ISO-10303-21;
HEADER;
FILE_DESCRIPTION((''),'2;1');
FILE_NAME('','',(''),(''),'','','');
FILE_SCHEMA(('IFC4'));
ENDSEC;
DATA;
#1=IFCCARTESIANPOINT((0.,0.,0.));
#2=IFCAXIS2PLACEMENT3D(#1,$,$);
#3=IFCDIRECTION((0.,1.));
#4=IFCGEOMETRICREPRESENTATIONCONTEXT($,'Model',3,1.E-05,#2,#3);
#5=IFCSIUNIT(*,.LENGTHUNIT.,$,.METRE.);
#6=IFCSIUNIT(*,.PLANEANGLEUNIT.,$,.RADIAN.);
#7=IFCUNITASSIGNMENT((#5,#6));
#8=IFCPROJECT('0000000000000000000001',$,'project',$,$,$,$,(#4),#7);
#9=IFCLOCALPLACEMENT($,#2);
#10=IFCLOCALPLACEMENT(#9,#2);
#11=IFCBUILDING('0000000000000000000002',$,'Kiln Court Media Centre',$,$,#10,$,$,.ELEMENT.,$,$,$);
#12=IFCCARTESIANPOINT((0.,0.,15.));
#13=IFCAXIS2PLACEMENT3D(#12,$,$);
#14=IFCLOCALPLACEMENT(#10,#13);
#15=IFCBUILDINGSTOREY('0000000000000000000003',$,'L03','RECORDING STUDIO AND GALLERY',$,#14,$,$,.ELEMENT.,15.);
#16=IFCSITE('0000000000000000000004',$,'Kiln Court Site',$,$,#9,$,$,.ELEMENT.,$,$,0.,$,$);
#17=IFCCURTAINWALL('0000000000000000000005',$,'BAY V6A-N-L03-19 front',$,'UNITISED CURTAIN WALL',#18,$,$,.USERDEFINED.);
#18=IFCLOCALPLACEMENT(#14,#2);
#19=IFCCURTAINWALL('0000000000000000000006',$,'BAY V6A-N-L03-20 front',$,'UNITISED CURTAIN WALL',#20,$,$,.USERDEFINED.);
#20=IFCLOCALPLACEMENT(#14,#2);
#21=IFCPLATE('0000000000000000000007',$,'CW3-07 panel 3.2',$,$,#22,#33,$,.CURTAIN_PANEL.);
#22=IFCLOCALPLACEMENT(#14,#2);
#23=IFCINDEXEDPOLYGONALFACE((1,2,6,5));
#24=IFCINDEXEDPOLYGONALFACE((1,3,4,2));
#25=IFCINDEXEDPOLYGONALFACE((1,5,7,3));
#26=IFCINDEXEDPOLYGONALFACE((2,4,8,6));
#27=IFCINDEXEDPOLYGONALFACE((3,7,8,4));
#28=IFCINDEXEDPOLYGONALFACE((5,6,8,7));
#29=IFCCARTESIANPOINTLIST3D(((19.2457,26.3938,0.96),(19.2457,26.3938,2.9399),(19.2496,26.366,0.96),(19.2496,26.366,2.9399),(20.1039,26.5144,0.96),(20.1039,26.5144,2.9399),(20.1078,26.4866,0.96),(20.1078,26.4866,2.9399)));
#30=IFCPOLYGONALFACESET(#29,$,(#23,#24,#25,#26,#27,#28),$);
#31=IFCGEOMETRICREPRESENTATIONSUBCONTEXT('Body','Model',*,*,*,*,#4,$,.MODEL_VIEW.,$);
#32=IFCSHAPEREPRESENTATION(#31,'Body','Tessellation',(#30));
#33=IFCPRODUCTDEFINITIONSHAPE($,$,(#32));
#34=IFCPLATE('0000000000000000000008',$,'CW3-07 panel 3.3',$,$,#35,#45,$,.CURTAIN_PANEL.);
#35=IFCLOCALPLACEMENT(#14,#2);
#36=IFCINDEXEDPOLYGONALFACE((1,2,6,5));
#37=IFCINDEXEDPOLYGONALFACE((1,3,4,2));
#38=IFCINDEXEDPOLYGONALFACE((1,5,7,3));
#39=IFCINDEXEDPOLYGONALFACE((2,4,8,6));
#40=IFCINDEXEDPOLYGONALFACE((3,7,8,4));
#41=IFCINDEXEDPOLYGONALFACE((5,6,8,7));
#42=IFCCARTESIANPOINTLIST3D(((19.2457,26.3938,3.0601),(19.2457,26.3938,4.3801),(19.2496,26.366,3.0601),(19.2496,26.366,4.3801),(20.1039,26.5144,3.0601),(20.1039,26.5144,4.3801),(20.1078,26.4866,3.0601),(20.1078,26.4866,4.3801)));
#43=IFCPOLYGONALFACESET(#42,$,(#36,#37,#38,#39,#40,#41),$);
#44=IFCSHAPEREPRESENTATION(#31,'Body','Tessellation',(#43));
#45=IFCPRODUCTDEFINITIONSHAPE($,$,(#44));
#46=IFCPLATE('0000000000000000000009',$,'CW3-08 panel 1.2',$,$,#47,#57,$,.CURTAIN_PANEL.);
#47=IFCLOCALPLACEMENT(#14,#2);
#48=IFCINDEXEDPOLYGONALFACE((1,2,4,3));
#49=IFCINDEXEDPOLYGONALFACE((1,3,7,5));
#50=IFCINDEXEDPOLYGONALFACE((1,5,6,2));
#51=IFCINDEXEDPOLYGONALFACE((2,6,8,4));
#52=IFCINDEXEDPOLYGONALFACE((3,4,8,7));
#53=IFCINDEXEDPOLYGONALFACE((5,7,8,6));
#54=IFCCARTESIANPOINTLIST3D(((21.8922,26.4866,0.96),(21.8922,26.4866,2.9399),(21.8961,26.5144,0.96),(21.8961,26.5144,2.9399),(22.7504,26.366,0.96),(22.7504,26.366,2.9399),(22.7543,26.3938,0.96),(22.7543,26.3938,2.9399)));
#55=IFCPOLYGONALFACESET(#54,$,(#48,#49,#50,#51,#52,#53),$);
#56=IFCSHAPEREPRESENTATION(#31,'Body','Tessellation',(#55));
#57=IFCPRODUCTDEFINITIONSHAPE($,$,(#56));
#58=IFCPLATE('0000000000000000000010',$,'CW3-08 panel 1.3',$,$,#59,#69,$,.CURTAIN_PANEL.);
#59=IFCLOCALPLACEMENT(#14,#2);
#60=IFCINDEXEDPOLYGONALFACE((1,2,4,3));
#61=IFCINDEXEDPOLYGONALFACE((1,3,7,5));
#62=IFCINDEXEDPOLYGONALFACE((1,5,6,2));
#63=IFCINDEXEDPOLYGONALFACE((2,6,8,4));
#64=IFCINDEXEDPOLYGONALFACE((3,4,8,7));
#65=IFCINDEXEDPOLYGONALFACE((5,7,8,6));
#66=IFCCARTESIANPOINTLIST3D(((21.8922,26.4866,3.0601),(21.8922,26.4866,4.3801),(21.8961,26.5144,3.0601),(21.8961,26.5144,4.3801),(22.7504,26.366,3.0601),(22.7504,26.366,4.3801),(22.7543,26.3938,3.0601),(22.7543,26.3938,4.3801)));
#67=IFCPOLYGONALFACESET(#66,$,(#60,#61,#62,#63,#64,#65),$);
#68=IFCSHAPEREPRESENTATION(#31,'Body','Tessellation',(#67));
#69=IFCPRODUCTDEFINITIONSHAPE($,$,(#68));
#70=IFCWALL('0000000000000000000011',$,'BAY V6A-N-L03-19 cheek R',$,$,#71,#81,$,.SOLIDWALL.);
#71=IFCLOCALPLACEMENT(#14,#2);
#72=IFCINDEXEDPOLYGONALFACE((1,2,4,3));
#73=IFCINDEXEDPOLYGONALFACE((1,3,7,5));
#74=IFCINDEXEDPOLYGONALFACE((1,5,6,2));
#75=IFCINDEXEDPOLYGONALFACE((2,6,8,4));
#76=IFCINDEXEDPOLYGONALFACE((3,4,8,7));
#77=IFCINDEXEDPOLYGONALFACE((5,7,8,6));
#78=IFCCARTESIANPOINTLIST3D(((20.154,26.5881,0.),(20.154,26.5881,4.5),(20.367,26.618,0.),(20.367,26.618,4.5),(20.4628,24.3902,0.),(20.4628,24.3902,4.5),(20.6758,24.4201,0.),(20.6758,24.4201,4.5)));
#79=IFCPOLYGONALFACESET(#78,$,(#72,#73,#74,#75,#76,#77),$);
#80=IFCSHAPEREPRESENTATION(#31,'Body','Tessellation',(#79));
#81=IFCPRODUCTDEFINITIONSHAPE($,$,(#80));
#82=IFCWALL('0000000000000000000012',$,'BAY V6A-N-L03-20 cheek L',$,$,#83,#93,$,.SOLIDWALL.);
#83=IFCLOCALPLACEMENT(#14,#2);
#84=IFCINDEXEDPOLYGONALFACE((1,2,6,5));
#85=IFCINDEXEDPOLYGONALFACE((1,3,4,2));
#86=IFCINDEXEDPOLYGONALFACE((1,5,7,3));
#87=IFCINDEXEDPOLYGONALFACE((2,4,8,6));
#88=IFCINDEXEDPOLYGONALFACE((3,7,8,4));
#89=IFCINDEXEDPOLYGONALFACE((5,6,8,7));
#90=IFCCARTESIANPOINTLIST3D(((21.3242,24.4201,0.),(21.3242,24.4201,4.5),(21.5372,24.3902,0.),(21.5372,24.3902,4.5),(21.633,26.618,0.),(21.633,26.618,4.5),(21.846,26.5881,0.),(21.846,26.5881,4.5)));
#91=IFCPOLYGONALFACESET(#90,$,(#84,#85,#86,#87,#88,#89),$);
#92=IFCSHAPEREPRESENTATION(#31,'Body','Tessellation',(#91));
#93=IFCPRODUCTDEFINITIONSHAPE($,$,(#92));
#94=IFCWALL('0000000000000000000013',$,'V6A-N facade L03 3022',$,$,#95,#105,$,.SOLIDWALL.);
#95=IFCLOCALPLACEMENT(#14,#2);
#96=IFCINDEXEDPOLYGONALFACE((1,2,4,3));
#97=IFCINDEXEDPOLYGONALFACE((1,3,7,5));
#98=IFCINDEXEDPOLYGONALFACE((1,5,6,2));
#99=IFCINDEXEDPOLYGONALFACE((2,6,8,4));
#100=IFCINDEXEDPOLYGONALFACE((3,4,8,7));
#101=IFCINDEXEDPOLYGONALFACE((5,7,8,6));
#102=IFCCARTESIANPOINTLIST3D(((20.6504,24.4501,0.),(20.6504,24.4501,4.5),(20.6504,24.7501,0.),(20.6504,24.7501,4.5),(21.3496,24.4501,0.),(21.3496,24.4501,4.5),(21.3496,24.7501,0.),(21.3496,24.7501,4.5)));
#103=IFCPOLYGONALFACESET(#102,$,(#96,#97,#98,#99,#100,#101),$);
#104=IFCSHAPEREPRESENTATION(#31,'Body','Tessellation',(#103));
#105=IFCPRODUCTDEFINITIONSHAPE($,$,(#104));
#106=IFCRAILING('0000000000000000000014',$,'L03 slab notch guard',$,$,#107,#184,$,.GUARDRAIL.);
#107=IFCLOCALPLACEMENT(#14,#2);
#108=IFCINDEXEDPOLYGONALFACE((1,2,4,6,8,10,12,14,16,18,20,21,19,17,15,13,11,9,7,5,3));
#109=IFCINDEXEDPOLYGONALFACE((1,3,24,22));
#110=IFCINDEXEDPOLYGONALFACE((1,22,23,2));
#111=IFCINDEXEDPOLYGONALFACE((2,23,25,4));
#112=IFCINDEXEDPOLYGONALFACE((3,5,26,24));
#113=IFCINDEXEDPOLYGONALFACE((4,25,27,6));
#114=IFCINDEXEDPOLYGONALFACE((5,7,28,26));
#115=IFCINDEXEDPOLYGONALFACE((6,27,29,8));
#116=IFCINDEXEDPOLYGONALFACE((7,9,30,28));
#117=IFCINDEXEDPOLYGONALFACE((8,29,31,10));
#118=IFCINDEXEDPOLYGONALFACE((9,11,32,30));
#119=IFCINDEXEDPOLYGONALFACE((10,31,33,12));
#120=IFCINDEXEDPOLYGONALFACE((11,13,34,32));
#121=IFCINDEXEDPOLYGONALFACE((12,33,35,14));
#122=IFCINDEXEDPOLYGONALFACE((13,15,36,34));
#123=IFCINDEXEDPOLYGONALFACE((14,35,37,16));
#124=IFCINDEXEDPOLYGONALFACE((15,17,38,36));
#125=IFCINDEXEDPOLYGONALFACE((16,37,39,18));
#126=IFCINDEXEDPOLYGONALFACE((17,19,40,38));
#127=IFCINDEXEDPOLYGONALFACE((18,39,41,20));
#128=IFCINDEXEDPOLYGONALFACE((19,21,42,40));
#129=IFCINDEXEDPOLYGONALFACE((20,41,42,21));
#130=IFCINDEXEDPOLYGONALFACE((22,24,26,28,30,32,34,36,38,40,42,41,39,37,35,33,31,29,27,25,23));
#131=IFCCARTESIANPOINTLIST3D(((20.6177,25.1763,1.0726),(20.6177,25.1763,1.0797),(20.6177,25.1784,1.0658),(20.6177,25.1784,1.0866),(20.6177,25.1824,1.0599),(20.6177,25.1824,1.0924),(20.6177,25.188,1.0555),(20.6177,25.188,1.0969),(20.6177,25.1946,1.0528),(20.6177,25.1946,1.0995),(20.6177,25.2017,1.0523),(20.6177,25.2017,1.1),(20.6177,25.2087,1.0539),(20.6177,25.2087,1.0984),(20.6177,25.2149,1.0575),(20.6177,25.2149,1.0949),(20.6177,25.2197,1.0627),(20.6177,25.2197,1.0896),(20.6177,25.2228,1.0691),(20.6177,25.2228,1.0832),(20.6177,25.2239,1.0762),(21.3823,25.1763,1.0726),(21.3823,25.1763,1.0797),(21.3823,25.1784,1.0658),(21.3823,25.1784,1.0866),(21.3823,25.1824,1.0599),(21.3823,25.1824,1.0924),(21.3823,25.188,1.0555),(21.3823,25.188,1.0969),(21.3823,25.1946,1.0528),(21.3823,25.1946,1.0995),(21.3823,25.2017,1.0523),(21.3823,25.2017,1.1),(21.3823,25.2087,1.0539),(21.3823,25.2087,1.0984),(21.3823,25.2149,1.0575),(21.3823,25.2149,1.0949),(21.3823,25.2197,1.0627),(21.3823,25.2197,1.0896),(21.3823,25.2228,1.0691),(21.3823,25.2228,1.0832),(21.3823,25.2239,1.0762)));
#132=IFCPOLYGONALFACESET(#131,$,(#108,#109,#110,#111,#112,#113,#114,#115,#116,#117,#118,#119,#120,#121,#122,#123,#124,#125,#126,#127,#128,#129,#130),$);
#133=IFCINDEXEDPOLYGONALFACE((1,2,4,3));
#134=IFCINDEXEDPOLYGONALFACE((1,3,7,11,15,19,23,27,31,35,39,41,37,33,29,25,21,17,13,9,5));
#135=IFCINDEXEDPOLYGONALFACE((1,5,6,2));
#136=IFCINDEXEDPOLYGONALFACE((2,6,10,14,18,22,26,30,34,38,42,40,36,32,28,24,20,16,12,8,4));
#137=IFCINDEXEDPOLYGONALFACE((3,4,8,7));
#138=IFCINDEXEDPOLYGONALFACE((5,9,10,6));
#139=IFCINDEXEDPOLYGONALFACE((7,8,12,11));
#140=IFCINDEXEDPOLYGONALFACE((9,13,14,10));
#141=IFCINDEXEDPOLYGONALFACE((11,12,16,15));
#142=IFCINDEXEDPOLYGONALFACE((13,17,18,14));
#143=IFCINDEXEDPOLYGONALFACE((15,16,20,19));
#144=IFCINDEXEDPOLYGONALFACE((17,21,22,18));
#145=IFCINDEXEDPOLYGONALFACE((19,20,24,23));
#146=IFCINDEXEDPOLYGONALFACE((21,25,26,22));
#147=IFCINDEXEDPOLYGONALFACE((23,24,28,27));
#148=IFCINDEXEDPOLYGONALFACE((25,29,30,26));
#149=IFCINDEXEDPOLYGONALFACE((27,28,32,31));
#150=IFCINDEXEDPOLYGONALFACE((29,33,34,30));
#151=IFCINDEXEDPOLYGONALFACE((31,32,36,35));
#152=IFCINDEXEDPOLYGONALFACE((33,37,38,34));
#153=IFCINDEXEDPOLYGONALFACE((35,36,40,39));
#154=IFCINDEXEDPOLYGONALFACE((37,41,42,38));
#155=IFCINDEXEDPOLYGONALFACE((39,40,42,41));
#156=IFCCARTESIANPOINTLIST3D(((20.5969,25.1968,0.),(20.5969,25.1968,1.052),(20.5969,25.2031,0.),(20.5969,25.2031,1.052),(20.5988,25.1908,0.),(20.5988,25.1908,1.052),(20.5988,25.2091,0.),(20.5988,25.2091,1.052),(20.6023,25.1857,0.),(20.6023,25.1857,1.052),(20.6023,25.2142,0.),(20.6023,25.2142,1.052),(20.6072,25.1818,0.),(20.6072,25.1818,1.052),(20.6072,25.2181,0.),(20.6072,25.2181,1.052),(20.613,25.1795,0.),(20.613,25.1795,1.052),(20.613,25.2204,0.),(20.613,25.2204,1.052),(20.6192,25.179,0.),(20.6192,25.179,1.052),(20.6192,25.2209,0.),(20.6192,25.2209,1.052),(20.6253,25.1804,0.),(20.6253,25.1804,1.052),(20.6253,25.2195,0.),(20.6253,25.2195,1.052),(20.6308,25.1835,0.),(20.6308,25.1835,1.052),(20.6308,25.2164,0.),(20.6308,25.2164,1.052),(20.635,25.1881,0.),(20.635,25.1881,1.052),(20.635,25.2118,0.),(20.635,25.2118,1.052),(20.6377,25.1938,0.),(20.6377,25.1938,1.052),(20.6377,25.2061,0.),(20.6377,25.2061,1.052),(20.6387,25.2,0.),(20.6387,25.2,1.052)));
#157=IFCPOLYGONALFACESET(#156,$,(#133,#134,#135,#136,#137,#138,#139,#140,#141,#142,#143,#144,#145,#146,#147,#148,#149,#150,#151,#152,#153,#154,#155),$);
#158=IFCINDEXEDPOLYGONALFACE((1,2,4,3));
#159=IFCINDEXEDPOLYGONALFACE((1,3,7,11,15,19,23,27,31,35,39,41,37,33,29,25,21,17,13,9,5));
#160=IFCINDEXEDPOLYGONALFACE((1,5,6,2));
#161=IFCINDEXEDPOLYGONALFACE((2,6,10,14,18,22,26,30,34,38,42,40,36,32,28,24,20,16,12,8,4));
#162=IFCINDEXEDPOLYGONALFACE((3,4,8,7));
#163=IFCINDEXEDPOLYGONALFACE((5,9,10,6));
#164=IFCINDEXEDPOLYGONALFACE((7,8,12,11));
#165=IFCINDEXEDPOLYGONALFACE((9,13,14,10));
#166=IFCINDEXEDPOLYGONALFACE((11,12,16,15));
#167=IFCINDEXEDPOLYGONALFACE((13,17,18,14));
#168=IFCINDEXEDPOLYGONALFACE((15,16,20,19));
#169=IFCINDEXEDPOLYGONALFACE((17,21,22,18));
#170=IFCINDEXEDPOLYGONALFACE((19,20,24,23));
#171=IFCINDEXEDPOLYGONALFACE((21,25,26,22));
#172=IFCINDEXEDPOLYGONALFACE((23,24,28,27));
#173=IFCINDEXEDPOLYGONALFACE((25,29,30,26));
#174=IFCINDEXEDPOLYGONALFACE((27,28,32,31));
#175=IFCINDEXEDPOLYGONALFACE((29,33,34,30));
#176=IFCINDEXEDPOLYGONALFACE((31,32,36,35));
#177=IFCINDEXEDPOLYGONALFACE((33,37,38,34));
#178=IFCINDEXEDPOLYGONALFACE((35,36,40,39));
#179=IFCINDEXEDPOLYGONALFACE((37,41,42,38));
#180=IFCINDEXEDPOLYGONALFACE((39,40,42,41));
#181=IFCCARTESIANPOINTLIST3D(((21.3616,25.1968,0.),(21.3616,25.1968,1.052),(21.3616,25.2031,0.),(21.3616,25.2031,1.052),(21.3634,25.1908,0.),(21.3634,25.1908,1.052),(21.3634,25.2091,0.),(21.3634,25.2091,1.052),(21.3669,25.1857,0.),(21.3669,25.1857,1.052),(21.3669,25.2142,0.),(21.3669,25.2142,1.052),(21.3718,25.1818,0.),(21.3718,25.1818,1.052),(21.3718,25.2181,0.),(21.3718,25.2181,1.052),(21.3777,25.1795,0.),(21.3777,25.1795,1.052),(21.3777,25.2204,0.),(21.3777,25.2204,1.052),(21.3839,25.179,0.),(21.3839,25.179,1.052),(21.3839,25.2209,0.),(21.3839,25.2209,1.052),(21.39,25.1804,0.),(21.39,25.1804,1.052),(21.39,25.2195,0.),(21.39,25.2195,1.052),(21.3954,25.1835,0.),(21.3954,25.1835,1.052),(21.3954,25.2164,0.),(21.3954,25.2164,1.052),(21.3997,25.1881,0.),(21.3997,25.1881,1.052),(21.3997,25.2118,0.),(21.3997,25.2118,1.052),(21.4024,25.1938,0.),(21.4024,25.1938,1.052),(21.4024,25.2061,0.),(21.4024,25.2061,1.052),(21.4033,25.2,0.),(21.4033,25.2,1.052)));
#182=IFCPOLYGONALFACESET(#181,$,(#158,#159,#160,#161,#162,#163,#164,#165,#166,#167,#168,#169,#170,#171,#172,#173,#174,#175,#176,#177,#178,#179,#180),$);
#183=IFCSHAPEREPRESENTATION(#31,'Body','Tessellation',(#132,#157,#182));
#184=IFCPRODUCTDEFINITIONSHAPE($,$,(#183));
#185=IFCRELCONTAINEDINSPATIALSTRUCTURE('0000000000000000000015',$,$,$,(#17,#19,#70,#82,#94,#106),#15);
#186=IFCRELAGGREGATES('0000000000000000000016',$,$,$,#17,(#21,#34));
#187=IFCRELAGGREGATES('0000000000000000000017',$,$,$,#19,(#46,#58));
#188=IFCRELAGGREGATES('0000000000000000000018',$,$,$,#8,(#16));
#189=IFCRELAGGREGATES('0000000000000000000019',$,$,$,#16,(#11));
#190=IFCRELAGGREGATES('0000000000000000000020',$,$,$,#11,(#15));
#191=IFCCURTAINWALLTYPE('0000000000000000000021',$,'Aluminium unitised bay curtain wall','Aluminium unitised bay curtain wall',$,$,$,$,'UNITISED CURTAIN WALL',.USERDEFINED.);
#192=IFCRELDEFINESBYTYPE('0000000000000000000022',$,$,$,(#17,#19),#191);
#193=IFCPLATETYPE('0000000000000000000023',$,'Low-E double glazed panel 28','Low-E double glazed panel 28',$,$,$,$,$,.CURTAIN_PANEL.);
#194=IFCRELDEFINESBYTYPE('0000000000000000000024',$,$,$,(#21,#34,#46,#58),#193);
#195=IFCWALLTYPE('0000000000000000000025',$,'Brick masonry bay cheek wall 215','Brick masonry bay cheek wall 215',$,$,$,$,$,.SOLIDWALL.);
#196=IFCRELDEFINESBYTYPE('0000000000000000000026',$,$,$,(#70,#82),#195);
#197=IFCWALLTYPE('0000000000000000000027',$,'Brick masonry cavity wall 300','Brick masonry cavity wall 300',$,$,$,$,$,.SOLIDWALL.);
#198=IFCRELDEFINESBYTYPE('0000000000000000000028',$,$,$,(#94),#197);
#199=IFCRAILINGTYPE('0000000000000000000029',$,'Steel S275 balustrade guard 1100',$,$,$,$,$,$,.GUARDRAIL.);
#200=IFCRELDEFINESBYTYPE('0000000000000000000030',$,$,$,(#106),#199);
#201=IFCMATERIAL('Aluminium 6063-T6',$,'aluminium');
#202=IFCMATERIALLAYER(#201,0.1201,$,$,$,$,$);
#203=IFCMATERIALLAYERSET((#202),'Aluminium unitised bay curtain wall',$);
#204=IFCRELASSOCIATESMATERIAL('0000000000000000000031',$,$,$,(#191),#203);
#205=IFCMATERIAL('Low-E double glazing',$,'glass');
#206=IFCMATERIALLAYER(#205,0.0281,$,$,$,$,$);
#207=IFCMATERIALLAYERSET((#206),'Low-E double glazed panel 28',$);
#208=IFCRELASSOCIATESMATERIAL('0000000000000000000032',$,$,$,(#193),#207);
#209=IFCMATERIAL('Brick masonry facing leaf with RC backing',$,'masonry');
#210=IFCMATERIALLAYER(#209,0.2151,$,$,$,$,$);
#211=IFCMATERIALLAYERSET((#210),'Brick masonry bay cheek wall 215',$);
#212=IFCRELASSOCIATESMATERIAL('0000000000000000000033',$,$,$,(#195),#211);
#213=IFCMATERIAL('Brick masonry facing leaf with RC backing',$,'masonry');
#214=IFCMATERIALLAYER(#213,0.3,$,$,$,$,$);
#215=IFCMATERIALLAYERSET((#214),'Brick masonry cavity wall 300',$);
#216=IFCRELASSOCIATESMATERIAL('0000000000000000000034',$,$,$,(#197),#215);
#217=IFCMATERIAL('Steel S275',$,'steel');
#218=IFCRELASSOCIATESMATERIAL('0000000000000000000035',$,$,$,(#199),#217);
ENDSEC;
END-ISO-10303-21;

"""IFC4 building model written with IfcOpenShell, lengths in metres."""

from ifc_helpers import new_model, si_unit, direction, frame, frame_2d, origin, origin_2d, place, context, subcontext, project, spatial, rectangle, circle, extrude, material, layer, layer_set, type_object, element, aggregate, save


model = new_model("IFC4")

# Units and contexts
model_context = context("Model", 3, precision=1e-05, world=origin(), true_north=direction((0.0, 1.0)))
body_context = subcontext(model_context, "Body", "Model", "MODEL_VIEW")
ifc_project = project(units=[si_unit("LENGTHUNIT", "METRE"), si_unit("PLANEANGLEUNIT", "RADIAN")], contexts=[model_context])

# Site, building, storey
site_placement = place(None, origin())
site = spatial("IfcSite", under=ifc_project, at=site_placement, Name="Kiln Court Site", CompositionType="ELEMENT", RefElevation=0.0)
building_placement = place(site_placement, origin())
building = spatial("IfcBuilding", under=site, at=building_placement, Name="Kiln Court Media Centre", CompositionType="ELEMENT")
storey_placement = place(building_placement, frame((0.0, 0.0, 15.0)))
storey = spatial("IfcBuildingStorey", under=building, at=storey_placement, Name="L03", Description="RECORDING STUDIO AND GALLERY", CompositionType="ELEMENT", Elevation=15.0)

# Curtain walls
ifc_material_1 = material(Name="Aluminium 6063-T6", Category="aluminium")
ifc_layer_1 = layer(ifc_material_1, 0.1201)
ifc_layer_set_1 = layer_set([ifc_layer_1], Name="Aluminium unitised bay curtain wall")
curtain_wall_type = type_object("IfcCurtainWallType", Name="Aluminium unitised bay curtain wall", Description="Aluminium unitised bay curtain wall", ElementType="UNITISED CURTAIN WALL", PredefinedType="USERDEFINED", material=ifc_layer_set_1)
curtain_wall_1_placement = place(storey_placement, origin())
curtain_wall_1 = element("IfcCurtainWall", 1, at=curtain_wall_1_placement, inside=storey, type_object=curtain_wall_type, Name="BAY V6A-N-L03-19 front", ObjectType="UNITISED CURTAIN WALL", PredefinedType="USERDEFINED")
curtain_wall_2_placement = place(storey_placement, origin())
curtain_wall_2 = element("IfcCurtainWall", 2, at=curtain_wall_2_placement, inside=storey, type_object=curtain_wall_type, Name="BAY V6A-N-L03-20 front", ObjectType="UNITISED CURTAIN WALL", PredefinedType="USERDEFINED")

# Plates
ifc_material_2 = material(Name="Low-E double glazing", Category="glass")
ifc_layer_2 = layer(ifc_material_2, 0.0281)
ifc_layer_set_2 = layer_set([ifc_layer_2], Name="Low-E double glazed panel 28")
plate_type_1 = type_object("IfcPlateType", Name="Low-E double glazed panel 28", Description="Low-E double glazed panel 28", PredefinedType="CURTAIN_PANEL", material=ifc_layer_set_2)
plate_1_placement = place(storey_placement, frame((19.6768, 26.4402, 0.96), z_axis=(0.0, 0.0, 1.0), x_axis=(0.99027, 0.139162, 0.0)))
plate_1 = element("IfcPlate", 3, at=plate_1_placement, type_object=plate_type_1, Name="CW3-07 panel 3.2", PredefinedType="CURTAIN_PANEL", context=body_context, shape_type="SweptSolid", body=[
    extrude(rectangle(XDim=0.8667, YDim=0.0281, at=origin_2d()), origin(), (0.0, 0.0, 1.0), 1.98),
])
plate_2_placement = place(storey_placement, frame((19.6768, 26.4402, 3.0601), z_axis=(0.0, 0.0, 1.0), x_axis=(0.99027, 0.139162, 0.0)))
plate_2 = element("IfcPlate", 4, at=plate_2_placement, type_object=plate_type_1, Name="CW3-07 panel 3.3", PredefinedType="CURTAIN_PANEL", context=body_context, shape_type="SweptSolid", body=[
    extrude(rectangle(XDim=0.8667, YDim=0.0281, at=origin_2d()), origin(), (0.0, 0.0, 1.0), 1.3201),
])
aggregate(curtain_wall_1, [plate_1, plate_2])
plate_3_placement = place(storey_placement, frame((22.3232, 26.4402, 0.96), z_axis=(0.0, 0.0, 1.0), x_axis=(0.99027, -0.139162, 0.0)))
plate_3 = element("IfcPlate", 5, at=plate_3_placement, type_object=plate_type_1, Name="CW3-08 panel 1.2", PredefinedType="CURTAIN_PANEL", context=body_context, shape_type="SweptSolid", body=[
    extrude(rectangle(XDim=0.8667, YDim=0.0281, at=origin_2d()), origin(), (0.0, 0.0, 1.0), 1.98),
])
plate_4_placement = place(storey_placement, frame((22.3232, 26.4402, 3.0601), z_axis=(0.0, 0.0, 1.0), x_axis=(0.99027, -0.139162, 0.0)))
plate_4 = element("IfcPlate", 6, at=plate_4_placement, type_object=plate_type_1, Name="CW3-08 panel 1.3", PredefinedType="CURTAIN_PANEL", context=body_context, shape_type="SweptSolid", body=[
    extrude(rectangle(XDim=0.8667, YDim=0.0281, at=origin_2d()), origin(), (0.0, 0.0, 1.0), 1.3201),
])
aggregate(curtain_wall_2, [plate_3, plate_4])

# Walls
ifc_material_3 = material(Name="Brick masonry facing leaf with RC backing", Category="masonry")
ifc_layer_3 = layer(ifc_material_3, 0.2151)
ifc_layer_set_3 = layer_set([ifc_layer_3], Name="Brick masonry bay cheek wall 215")
wall_type_1 = type_object("IfcWallType", Name="Brick masonry bay cheek wall 215", Description="Brick masonry bay cheek wall 215", PredefinedType="SOLIDWALL", material=ifc_layer_set_3)
for number, where, z_axis, x_axis, name in (
    (7, (20.5693, 24.405, 0.0), (0.0, 0.0, 1.0), (-0.139142, 0.990272, 0.0), "BAY V6A-N-L03-19 cheek R"),
    (8, (21.4307, 24.405, 0.0), (0.0, 0.0, 1.0), (0.139142, 0.990272, 0.0), "BAY V6A-N-L03-20 cheek L"),
):
    element("IfcWall", number, at=place(storey_placement, frame(where, z_axis=z_axis, x_axis=x_axis)), inside=storey, type_object=wall_type_1, Name=name, PredefinedType="SOLIDWALL", context=body_context, shape_type="SweptSolid", body=[
        extrude(rectangle(XDim=2.2195, YDim=0.2151, at=frame_2d((1.1099, 0.0))), origin(), (0.0, 0.0, 1.0), 4.5),
    ])
ifc_material_4 = material(Name="Brick masonry facing leaf with RC backing", Category="masonry")
ifc_layer_4 = layer(ifc_material_4, 0.3)
ifc_layer_set_4 = layer_set([ifc_layer_4], Name="Brick masonry cavity wall 300")
wall_type_2 = type_object("IfcWallType", Name="Brick masonry cavity wall 300", Description="Brick masonry cavity wall 300", PredefinedType="SOLIDWALL", material=ifc_layer_set_4)
wall_placement = place(storey_placement, frame((20.6504, 24.6001, 0.0), z_axis=(0.0, 0.0, 1.0), x_axis=(1.0, 0.0, 0.0)))
element("IfcWall", 9, at=wall_placement, inside=storey, type_object=wall_type_2, Name="V6A-N facade L03 3022", PredefinedType="SOLIDWALL", context=body_context, shape_type="SweptSolid", body=[
    extrude(rectangle(XDim=0.6992, YDim=0.3, at=frame_2d((0.3496, 0.0))), origin(), (0.0, 0.0, 1.0), 4.5),
])

# Railing
ifc_material_5 = material(Name="Steel S275", Category="steel")
railing_type = type_object("IfcRailingType", Name="Steel S275 balustrade guard 1100", PredefinedType="GUARDRAIL", material=ifc_material_5)
railing_placement = place(storey_placement, frame((20.6177, 25.2, 0.0)))
element("IfcRailing", 10, at=railing_placement, inside=storey, type_object=railing_type, Name="L03 slab notch guard", PredefinedType="GUARDRAIL", context=body_context, shape_type="SweptSolid", body=[
    extrude(circle(Radius=0.0239, at=origin_2d()), frame((0.0, 0.0, 1.0762), z_axis=(1.0, 0.0, 0.0), x_axis=(0.0, 1.0, 0.0)), (0.0, 0.0, 1.0), 0.7646),
    extrude(circle(Radius=0.021, at=origin_2d()), origin(), (0.0, 0.0, 1.0), 1.052),
    extrude(circle(Radius=0.021, at=origin_2d()), frame((0.7646, 0.0, 0.0)), (0.0, 0.0, 1.0), 1.052),
])

save(model, "model.ifc")
